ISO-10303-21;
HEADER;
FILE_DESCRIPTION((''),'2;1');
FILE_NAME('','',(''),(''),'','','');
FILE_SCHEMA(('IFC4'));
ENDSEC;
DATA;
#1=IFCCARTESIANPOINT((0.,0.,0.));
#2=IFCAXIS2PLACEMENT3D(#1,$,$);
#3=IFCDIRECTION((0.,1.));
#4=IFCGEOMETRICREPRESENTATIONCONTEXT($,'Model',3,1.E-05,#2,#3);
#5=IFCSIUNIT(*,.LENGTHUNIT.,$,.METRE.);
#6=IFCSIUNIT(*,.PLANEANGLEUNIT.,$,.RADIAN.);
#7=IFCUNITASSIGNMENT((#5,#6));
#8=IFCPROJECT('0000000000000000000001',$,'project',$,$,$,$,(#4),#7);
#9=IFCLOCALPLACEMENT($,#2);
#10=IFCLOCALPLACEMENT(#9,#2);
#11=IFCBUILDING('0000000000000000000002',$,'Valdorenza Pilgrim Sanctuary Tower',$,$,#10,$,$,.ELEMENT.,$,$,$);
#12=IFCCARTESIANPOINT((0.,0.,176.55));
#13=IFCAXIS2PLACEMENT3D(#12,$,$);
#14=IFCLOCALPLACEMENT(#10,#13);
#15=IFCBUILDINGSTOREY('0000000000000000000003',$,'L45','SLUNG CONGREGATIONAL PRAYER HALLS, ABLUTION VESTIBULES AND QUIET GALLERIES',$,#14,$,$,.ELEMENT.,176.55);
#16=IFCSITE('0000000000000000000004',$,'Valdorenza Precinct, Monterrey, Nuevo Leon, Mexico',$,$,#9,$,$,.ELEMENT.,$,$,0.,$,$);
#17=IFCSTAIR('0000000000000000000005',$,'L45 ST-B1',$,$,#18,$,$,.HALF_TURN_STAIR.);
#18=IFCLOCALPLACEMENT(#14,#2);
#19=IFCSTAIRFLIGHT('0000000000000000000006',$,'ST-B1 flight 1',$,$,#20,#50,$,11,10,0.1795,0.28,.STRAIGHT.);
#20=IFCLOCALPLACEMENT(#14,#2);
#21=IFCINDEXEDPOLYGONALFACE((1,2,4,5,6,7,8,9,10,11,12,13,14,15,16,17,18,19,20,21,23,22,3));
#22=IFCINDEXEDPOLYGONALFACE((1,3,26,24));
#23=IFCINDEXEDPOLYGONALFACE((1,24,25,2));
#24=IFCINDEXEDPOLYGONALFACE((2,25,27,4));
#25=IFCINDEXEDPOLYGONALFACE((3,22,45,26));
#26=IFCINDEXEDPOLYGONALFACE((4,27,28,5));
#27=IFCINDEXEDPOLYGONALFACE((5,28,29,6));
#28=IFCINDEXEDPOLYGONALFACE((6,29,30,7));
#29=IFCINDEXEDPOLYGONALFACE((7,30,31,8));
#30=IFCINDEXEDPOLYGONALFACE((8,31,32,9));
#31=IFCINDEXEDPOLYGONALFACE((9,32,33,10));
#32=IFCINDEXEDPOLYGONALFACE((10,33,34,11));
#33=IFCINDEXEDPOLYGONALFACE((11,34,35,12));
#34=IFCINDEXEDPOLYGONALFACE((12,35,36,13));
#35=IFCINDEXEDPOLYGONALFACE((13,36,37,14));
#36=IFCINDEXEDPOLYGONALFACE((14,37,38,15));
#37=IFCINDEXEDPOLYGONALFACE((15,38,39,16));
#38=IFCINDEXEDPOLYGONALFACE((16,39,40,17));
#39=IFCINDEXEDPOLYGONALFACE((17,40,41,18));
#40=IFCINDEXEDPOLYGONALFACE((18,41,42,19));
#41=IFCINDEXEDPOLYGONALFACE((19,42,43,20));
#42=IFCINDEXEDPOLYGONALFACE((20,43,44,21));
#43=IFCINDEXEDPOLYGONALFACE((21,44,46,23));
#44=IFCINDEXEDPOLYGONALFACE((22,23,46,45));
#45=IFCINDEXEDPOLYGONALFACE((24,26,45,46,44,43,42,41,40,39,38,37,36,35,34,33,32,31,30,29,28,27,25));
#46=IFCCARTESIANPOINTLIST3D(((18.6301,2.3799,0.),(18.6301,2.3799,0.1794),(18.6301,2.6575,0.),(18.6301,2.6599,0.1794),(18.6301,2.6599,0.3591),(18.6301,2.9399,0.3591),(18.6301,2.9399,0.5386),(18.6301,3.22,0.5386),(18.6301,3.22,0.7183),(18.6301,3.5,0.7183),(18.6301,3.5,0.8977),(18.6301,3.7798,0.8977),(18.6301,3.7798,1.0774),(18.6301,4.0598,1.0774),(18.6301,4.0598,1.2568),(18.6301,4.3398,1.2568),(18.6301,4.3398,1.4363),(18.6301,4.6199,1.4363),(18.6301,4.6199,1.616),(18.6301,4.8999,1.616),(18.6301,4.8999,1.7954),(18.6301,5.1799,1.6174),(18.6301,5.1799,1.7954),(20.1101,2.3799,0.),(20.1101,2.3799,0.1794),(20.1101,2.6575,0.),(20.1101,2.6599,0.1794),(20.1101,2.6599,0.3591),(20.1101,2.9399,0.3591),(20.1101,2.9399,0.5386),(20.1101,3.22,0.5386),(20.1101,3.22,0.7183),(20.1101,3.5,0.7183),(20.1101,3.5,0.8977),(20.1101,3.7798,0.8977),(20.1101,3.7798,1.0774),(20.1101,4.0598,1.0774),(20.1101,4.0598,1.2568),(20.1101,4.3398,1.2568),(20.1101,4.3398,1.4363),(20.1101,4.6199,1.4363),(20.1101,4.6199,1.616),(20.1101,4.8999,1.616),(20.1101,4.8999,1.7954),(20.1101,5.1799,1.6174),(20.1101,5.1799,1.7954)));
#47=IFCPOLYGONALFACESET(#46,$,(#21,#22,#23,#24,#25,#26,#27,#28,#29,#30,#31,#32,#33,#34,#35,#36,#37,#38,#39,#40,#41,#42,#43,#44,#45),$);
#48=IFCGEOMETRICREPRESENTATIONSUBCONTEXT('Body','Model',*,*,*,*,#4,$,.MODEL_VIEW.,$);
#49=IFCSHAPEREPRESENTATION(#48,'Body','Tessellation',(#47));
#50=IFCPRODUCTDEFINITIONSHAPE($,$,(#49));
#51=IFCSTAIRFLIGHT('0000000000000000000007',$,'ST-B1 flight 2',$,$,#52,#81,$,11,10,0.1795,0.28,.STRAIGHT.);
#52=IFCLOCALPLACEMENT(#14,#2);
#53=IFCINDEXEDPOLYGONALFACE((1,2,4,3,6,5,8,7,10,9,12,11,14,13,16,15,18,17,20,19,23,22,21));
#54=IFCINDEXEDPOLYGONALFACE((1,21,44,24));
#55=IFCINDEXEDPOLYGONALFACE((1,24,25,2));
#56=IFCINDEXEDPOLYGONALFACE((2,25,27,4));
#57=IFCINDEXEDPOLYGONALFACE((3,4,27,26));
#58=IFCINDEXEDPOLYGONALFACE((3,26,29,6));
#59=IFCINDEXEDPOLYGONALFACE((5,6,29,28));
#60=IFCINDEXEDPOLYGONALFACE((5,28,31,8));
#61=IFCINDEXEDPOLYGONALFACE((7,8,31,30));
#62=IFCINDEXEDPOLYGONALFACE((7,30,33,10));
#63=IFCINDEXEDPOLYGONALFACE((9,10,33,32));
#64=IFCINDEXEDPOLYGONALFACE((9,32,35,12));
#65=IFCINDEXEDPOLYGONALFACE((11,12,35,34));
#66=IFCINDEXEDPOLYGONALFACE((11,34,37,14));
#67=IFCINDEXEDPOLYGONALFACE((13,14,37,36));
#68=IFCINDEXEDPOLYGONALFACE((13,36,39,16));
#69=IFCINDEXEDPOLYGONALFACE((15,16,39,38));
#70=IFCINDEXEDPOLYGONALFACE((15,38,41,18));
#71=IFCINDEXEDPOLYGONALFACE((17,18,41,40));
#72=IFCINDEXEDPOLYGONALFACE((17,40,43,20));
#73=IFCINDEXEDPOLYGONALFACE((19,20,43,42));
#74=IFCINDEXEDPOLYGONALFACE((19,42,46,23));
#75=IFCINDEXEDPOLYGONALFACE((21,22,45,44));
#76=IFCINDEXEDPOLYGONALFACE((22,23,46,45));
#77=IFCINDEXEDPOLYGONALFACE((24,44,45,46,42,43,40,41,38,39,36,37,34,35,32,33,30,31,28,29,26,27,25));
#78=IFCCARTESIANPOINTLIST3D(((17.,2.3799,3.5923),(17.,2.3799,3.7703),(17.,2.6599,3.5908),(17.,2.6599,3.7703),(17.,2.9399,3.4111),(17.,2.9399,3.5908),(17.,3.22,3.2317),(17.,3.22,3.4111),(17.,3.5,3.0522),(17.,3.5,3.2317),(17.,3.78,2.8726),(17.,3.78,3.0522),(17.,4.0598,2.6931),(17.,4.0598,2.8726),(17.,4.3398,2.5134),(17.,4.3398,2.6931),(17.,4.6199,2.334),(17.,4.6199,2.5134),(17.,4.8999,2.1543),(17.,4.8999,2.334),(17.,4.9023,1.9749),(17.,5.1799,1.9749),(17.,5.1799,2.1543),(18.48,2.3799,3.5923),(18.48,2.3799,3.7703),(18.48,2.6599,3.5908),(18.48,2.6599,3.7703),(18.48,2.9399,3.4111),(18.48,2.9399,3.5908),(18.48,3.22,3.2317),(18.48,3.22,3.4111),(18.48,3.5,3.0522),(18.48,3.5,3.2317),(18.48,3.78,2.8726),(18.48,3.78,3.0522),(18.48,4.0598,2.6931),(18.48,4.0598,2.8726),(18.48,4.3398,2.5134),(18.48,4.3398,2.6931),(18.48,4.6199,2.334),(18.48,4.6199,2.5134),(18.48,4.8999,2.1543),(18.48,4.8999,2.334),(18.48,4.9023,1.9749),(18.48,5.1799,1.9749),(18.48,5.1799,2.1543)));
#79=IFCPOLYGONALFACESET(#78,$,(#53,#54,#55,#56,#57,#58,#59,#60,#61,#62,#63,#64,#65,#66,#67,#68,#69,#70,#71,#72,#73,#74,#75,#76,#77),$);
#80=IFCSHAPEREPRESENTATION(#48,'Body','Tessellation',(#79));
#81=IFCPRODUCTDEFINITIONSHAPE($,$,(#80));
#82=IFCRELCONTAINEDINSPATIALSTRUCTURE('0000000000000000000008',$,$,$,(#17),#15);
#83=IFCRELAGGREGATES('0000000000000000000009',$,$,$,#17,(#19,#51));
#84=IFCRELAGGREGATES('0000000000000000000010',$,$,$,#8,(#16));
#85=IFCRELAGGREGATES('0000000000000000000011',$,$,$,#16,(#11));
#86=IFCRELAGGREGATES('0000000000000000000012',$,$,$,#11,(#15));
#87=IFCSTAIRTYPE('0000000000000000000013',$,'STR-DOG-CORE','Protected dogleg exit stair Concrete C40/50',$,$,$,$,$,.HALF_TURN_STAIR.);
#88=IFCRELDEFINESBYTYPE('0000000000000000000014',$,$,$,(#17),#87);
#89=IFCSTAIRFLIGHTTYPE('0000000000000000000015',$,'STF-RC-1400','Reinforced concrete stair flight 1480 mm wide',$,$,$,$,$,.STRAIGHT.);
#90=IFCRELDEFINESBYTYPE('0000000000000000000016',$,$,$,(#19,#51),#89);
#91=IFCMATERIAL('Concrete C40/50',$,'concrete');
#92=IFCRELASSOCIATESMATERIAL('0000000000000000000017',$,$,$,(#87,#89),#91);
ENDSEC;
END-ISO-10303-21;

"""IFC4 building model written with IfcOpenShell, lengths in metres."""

from ifc_helpers import new_model, si_unit, direction, frame, origin, place, context, subcontext, project, spatial, polyline, outline, extrude, material, type_object, element, aggregate, save


model = new_model("IFC4")

# Units and contexts
model_context = context("Model", 3, precision=1e-05, world=origin(), true_north=direction((0.0, 1.0)))
body_context = subcontext(model_context, "Body", "Model", "MODEL_VIEW")
ifc_project = project(units=[si_unit("LENGTHUNIT", "METRE"), si_unit("PLANEANGLEUNIT", "RADIAN")], contexts=[model_context])

# Site, building, storey
site_placement = place(None, origin())
site = spatial("IfcSite", under=ifc_project, at=site_placement, Name="Valdorenza Precinct, Monterrey, Nuevo Leon, Mexico", CompositionType="ELEMENT", RefElevation=0.0)
building_placement = place(site_placement, origin())
building = spatial("IfcBuilding", under=site, at=building_placement, Name="Valdorenza Pilgrim Sanctuary Tower", CompositionType="ELEMENT")
storey_placement = place(building_placement, frame((0.0, 0.0, 176.55)))
storey = spatial("IfcBuildingStorey", under=building, at=storey_placement, Name="L45", Description="SLUNG CONGREGATIONAL PRAYER HALLS, ABLUTION VESTIBULES AND QUIET GALLERIES", CompositionType="ELEMENT", Elevation=176.55)

# Shared definitions
ifc_material_1 = material(Name="Concrete C40/50", Category="concrete")

# Stair, stair flights
stair_type = type_object("IfcStairType", Name="STR-DOG-CORE", Description="Protected dogleg exit stair Concrete C40/50", PredefinedType="HALF_TURN_STAIR", material=ifc_material_1)
stair_placement = place(storey_placement, origin())
stair = element("IfcStair", 1, at=stair_placement, inside=storey, type_object=stair_type, Name="L45 ST-B1", PredefinedType="HALF_TURN_STAIR")
stair_flight_type = type_object("IfcStairFlightType", Name="STF-RC-1400", Description="Reinforced concrete stair flight 1480 mm wide", PredefinedType="STRAIGHT", material=ifc_material_1)
stair_flight_1_placement = place(storey_placement, frame((19.3701, 2.3799, 0.0), z_axis=(0.0, 0.0, 1.0), x_axis=(0.0, 1.0, 0.0)))
stair_flight_1 = element("IfcStairFlight", 2, at=stair_flight_1_placement, type_object=stair_flight_type, Name="ST-B1 flight 1", NumberOfRisers=11, NumberOfTreads=10, PredefinedType="STRAIGHT", RiserHeight=0.1795, TreadLength=0.28, context=body_context, shape_type="SweptSolid", body=[
    extrude(outline(polyline([(0.0, 0.0), (0.0, 0.1794), (0.28, 0.1794), (0.28, 0.3591), (0.5601, 0.3591), (0.5601, 0.5386), (0.8401, 0.5386), (0.8401, 0.7183), (1.1201, 0.7183), (1.1201, 0.8977), (1.3999, 0.8977), (1.3999, 1.0774), (1.6799, 1.0774), (1.6799, 1.2568), (1.96, 1.2568), (1.96, 1.4363), (2.24, 1.4363), (2.24, 1.616), (2.52, 1.616), (2.52, 1.7954), (2.8, 1.7954), (2.8, 1.9751), (2.8, 1.6174), (0.2776, 0.0), (0.0, 0.0)])), frame((0.0, 0.74, 0.0), z_axis=(0.0, -1.0, 0.0), x_axis=(1.0, 0.0, 0.0)), (0.0, 0.0, 1.0), 1.48),
])
stair_flight_2_placement = place(storey_placement, frame((17.74, 5.1799, 1.9749), z_axis=(0.0, 0.0, 1.0), x_axis=(0.0, -1.0, 0.0)))
stair_flight_2 = element("IfcStairFlight", 3, at=stair_flight_2_placement, type_object=stair_flight_type, Name="ST-B1 flight 2", NumberOfRisers=11, NumberOfTreads=10, PredefinedType="STRAIGHT", RiserHeight=0.1795, TreadLength=0.28, context=body_context, shape_type="SweptSolid", body=[
    extrude(outline(polyline([(0.0, 0.0), (0.0, 0.1794), (0.28, 0.1794), (0.28, 0.3591), (0.5601, 0.3591), (0.5601, 0.5386), (0.8401, 0.5386), (0.8401, 0.7183), (1.1201, 0.7183), (1.1201, 0.8977), (1.3999, 0.8977), (1.3999, 1.0774), (1.6799, 1.0774), (1.6799, 1.2568), (1.96, 1.2568), (1.96, 1.4363), (2.24, 1.4363), (2.24, 1.616), (2.52, 1.616), (2.52, 1.7954), (2.8, 1.7954), (2.8, 1.9751), (2.8, 1.6174), (0.2776, 0.0), (0.0, 0.0)])), frame((0.0, 0.74, 0.0), z_axis=(0.0, -1.0, 0.0), x_axis=(1.0, 0.0, 0.0)), (0.0, 0.0, 1.0), 1.48),
])
aggregate(stair, [stair_flight_1, stair_flight_2])

save(model, "model.ifc")
